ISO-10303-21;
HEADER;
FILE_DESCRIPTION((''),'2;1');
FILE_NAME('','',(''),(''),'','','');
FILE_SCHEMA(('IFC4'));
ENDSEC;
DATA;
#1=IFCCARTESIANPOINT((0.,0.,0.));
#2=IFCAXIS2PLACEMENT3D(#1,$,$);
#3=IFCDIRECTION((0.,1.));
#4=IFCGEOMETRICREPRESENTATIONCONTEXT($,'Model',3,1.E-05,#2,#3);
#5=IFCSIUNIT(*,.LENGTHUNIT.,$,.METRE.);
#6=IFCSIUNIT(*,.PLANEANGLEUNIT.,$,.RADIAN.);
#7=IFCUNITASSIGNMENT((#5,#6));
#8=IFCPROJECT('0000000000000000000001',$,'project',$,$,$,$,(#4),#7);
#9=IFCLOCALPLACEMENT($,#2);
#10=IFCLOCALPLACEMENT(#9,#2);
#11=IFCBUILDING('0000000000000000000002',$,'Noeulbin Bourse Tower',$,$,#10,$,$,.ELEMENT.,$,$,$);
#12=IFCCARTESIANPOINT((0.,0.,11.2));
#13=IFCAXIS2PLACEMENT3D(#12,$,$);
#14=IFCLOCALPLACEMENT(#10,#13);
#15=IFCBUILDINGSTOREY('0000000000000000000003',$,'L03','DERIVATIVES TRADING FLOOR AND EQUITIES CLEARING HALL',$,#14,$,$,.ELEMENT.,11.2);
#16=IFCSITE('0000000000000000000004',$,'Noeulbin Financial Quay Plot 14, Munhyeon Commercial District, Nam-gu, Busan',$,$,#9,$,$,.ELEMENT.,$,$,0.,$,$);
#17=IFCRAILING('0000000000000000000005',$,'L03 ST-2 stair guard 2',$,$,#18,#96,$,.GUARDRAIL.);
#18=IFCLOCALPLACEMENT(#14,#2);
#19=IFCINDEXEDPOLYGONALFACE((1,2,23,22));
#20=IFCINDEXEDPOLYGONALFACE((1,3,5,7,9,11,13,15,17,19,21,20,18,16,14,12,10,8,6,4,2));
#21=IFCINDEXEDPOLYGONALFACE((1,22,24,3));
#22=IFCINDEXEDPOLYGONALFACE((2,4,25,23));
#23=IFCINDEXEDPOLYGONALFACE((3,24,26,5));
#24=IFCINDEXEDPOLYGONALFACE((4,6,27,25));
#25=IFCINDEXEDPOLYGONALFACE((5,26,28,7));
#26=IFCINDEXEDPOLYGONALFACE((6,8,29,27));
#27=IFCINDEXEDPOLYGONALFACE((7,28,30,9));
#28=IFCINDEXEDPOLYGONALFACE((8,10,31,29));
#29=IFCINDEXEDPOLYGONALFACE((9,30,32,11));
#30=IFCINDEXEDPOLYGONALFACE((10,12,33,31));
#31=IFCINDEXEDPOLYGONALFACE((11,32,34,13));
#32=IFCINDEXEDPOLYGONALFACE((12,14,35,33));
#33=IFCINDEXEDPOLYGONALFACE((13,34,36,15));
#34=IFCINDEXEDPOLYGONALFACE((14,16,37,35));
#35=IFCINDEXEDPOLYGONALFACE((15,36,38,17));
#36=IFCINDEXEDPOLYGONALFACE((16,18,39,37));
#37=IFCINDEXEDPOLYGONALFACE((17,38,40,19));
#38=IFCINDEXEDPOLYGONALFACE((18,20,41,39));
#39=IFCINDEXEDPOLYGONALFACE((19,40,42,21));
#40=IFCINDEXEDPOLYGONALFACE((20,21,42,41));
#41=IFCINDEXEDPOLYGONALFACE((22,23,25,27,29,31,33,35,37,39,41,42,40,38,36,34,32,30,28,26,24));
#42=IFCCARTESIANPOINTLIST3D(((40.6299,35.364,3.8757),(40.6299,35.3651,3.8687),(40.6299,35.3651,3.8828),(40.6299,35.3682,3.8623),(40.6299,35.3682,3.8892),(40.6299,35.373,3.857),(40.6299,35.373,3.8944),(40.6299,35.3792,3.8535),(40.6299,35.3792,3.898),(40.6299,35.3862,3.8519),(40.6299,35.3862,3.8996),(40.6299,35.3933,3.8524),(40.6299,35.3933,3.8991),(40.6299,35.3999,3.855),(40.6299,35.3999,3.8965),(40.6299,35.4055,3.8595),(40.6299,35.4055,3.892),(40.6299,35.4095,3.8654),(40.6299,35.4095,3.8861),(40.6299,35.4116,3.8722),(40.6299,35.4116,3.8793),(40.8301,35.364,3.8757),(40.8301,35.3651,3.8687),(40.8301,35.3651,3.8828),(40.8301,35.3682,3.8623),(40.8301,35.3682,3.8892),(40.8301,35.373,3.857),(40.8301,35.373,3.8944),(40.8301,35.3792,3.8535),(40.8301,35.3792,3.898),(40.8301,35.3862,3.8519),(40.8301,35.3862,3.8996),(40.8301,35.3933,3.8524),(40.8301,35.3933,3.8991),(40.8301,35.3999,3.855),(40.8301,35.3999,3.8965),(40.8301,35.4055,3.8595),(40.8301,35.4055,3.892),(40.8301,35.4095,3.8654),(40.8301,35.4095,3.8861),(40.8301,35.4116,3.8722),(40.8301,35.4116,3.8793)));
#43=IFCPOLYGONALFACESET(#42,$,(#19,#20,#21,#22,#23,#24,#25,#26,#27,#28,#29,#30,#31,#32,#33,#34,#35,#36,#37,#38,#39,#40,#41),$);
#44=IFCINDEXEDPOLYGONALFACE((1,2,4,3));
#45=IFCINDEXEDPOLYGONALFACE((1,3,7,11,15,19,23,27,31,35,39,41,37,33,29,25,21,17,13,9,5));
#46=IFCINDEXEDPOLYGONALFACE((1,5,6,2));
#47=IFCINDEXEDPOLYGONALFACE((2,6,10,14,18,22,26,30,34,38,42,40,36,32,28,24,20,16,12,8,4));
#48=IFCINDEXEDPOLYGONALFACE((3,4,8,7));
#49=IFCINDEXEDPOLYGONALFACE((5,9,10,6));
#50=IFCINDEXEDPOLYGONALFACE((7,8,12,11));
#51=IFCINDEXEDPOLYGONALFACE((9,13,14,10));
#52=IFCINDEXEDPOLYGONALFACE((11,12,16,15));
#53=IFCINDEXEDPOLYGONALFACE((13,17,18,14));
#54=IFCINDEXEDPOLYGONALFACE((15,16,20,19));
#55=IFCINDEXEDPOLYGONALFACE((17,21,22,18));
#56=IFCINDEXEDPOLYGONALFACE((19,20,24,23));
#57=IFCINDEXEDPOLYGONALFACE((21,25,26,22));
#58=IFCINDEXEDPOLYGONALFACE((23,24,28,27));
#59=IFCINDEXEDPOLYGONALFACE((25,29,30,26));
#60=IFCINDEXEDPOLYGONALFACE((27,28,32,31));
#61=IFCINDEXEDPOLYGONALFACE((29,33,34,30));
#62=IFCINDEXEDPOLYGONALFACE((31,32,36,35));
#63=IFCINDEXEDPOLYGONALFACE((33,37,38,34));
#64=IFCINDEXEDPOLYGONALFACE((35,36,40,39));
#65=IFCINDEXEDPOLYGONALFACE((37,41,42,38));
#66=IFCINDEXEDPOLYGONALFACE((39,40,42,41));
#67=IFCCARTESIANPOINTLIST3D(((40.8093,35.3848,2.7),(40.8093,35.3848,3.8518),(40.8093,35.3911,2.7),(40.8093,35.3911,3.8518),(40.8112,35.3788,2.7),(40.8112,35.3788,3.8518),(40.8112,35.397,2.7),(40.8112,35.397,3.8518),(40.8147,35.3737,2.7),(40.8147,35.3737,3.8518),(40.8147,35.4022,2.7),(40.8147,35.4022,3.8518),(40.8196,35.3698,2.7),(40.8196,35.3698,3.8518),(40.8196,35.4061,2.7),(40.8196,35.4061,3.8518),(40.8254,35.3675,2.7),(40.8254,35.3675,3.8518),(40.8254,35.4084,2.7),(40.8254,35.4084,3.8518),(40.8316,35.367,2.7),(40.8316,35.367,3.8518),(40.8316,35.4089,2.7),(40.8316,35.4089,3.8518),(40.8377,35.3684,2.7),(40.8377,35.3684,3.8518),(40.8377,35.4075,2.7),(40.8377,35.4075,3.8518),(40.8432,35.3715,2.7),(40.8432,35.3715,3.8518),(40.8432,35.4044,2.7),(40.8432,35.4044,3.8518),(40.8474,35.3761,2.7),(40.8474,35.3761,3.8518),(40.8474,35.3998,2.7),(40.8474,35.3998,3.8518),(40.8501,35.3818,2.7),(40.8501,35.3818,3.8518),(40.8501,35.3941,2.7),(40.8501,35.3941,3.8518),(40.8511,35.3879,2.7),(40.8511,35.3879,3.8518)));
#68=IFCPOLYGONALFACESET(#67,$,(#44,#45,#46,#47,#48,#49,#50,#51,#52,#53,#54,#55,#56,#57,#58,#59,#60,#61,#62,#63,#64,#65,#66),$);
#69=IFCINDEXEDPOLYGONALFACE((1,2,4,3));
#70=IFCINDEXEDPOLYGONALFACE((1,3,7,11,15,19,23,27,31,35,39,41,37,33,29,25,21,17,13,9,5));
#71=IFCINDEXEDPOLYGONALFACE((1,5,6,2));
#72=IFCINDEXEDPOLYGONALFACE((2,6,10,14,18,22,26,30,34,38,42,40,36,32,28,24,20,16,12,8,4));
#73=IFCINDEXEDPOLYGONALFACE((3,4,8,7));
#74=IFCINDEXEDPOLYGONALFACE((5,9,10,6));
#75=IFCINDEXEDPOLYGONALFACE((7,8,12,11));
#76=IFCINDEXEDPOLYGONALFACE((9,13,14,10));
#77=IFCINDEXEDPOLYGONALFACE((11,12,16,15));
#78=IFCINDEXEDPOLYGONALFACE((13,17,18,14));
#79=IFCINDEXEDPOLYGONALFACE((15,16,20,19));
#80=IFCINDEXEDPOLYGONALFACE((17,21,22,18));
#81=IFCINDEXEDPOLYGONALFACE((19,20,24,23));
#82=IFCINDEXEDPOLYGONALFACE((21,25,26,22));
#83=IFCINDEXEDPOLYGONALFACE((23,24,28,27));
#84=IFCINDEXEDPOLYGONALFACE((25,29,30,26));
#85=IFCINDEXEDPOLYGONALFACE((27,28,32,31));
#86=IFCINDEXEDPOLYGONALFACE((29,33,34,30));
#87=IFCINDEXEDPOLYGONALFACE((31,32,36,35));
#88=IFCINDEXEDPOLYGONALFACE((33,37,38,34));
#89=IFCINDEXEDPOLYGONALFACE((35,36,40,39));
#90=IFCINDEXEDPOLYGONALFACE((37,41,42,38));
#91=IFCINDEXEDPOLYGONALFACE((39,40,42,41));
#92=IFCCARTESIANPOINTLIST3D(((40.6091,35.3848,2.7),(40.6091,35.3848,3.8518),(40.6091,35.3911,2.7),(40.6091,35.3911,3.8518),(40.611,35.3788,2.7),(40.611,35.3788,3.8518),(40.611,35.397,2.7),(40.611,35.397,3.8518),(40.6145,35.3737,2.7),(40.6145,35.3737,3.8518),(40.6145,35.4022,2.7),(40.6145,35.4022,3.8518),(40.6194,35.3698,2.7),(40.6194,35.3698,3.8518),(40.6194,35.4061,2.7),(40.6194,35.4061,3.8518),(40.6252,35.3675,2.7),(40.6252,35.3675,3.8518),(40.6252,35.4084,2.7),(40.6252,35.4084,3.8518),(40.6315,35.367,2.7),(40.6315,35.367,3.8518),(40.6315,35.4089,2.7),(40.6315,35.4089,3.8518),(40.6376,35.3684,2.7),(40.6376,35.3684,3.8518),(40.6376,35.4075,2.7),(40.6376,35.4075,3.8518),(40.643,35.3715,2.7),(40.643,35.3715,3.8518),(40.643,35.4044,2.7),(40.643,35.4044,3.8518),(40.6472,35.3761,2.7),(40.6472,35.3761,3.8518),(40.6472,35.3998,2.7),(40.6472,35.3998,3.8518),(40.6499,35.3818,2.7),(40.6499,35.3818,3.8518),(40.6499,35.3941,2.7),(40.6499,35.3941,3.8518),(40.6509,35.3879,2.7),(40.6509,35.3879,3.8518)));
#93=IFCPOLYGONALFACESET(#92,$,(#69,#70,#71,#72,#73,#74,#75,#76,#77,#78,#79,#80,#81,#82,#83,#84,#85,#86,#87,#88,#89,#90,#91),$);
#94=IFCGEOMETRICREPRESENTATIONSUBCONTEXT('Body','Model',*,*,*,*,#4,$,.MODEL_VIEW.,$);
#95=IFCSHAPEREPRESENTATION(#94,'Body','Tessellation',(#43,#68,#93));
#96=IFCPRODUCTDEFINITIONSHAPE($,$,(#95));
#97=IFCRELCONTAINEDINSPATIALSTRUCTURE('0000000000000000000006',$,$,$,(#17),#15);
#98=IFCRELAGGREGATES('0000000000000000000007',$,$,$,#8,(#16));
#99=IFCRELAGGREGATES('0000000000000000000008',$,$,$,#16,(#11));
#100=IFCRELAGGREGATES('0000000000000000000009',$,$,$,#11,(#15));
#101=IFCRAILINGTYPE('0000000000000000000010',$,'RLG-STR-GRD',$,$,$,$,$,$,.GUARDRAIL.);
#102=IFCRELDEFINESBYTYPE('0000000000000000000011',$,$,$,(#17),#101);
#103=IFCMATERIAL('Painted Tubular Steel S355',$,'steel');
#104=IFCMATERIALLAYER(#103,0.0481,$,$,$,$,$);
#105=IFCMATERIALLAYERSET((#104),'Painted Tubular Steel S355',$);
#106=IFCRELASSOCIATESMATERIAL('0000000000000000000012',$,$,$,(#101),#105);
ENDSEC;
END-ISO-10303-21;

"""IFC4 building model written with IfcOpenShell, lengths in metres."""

from ifc_helpers import new_model, si_unit, direction, frame, origin, origin_2d, place, context, subcontext, project, spatial, circle, extrude, material, layer, layer_set, type_object, element, save


model = new_model("IFC4")

# Units and contexts
model_context = context("Model", 3, precision=1e-05, world=origin(), true_north=direction((0.0, 1.0)))
body_context = subcontext(model_context, "Body", "Model", "MODEL_VIEW")
ifc_project = project(units=[si_unit("LENGTHUNIT", "METRE"), si_unit("PLANEANGLEUNIT", "RADIAN")], contexts=[model_context])

# Site, building, storey
site_placement = place(None, origin())
site = spatial("IfcSite", under=ifc_project, at=site_placement, Name="Noeulbin Financial Quay Plot 14, Munhyeon Commercial District, Nam-gu, Busan", CompositionType="ELEMENT", RefElevation=0.0)
building_placement = place(site_placement, origin())
building = spatial("IfcBuilding", under=site, at=building_placement, Name="Noeulbin Bourse Tower", CompositionType="ELEMENT")
storey_placement = place(building_placement, frame((0.0, 0.0, 11.2)))
storey = spatial("IfcBuildingStorey", under=building, at=storey_placement, Name="L03", Description="DERIVATIVES TRADING FLOOR AND EQUITIES CLEARING HALL", CompositionType="ELEMENT", Elevation=11.2)

# Railing
ifc_material_1 = material(Name="Painted Tubular Steel S355", Category="steel")
ifc_layer_1 = layer(ifc_material_1, 0.0481)
ifc_layer_set_1 = layer_set([ifc_layer_1], Name="Painted Tubular Steel S355")
railing_type_1 = type_object("IfcRailingType", Name="RLG-STR-GRD", PredefinedType="GUARDRAIL", material=ifc_layer_set_1)
railing_1_placement = place(storey_placement, frame((40.8301, 35.3879, 2.7)))
element("IfcRailing", 1, at=railing_1_placement, inside=storey, type_object=railing_type_1, Name="L03 ST-2 stair guard 2", PredefinedType="GUARDRAIL", context=body_context, shape_type="SweptSolid", body=[
    extrude(circle(Radius=0.0239, at=origin_2d()), frame((0.0, 0.0, 1.1758), z_axis=(-1.0, 0.0, 0.0), x_axis=(0.0, -1.0, 0.0)), (0.0, 0.0, 1.0), 0.2002),
    extrude(circle(Radius=0.021, at=origin_2d()), origin(), (0.0, 0.0, 1.0), 1.1519),
    extrude(circle(Radius=0.021, at=origin_2d()), frame((-0.2002, 0.0, 0.0)), (0.0, 0.0, 1.0), 1.1519),
])

save(model, "model.ifc")
